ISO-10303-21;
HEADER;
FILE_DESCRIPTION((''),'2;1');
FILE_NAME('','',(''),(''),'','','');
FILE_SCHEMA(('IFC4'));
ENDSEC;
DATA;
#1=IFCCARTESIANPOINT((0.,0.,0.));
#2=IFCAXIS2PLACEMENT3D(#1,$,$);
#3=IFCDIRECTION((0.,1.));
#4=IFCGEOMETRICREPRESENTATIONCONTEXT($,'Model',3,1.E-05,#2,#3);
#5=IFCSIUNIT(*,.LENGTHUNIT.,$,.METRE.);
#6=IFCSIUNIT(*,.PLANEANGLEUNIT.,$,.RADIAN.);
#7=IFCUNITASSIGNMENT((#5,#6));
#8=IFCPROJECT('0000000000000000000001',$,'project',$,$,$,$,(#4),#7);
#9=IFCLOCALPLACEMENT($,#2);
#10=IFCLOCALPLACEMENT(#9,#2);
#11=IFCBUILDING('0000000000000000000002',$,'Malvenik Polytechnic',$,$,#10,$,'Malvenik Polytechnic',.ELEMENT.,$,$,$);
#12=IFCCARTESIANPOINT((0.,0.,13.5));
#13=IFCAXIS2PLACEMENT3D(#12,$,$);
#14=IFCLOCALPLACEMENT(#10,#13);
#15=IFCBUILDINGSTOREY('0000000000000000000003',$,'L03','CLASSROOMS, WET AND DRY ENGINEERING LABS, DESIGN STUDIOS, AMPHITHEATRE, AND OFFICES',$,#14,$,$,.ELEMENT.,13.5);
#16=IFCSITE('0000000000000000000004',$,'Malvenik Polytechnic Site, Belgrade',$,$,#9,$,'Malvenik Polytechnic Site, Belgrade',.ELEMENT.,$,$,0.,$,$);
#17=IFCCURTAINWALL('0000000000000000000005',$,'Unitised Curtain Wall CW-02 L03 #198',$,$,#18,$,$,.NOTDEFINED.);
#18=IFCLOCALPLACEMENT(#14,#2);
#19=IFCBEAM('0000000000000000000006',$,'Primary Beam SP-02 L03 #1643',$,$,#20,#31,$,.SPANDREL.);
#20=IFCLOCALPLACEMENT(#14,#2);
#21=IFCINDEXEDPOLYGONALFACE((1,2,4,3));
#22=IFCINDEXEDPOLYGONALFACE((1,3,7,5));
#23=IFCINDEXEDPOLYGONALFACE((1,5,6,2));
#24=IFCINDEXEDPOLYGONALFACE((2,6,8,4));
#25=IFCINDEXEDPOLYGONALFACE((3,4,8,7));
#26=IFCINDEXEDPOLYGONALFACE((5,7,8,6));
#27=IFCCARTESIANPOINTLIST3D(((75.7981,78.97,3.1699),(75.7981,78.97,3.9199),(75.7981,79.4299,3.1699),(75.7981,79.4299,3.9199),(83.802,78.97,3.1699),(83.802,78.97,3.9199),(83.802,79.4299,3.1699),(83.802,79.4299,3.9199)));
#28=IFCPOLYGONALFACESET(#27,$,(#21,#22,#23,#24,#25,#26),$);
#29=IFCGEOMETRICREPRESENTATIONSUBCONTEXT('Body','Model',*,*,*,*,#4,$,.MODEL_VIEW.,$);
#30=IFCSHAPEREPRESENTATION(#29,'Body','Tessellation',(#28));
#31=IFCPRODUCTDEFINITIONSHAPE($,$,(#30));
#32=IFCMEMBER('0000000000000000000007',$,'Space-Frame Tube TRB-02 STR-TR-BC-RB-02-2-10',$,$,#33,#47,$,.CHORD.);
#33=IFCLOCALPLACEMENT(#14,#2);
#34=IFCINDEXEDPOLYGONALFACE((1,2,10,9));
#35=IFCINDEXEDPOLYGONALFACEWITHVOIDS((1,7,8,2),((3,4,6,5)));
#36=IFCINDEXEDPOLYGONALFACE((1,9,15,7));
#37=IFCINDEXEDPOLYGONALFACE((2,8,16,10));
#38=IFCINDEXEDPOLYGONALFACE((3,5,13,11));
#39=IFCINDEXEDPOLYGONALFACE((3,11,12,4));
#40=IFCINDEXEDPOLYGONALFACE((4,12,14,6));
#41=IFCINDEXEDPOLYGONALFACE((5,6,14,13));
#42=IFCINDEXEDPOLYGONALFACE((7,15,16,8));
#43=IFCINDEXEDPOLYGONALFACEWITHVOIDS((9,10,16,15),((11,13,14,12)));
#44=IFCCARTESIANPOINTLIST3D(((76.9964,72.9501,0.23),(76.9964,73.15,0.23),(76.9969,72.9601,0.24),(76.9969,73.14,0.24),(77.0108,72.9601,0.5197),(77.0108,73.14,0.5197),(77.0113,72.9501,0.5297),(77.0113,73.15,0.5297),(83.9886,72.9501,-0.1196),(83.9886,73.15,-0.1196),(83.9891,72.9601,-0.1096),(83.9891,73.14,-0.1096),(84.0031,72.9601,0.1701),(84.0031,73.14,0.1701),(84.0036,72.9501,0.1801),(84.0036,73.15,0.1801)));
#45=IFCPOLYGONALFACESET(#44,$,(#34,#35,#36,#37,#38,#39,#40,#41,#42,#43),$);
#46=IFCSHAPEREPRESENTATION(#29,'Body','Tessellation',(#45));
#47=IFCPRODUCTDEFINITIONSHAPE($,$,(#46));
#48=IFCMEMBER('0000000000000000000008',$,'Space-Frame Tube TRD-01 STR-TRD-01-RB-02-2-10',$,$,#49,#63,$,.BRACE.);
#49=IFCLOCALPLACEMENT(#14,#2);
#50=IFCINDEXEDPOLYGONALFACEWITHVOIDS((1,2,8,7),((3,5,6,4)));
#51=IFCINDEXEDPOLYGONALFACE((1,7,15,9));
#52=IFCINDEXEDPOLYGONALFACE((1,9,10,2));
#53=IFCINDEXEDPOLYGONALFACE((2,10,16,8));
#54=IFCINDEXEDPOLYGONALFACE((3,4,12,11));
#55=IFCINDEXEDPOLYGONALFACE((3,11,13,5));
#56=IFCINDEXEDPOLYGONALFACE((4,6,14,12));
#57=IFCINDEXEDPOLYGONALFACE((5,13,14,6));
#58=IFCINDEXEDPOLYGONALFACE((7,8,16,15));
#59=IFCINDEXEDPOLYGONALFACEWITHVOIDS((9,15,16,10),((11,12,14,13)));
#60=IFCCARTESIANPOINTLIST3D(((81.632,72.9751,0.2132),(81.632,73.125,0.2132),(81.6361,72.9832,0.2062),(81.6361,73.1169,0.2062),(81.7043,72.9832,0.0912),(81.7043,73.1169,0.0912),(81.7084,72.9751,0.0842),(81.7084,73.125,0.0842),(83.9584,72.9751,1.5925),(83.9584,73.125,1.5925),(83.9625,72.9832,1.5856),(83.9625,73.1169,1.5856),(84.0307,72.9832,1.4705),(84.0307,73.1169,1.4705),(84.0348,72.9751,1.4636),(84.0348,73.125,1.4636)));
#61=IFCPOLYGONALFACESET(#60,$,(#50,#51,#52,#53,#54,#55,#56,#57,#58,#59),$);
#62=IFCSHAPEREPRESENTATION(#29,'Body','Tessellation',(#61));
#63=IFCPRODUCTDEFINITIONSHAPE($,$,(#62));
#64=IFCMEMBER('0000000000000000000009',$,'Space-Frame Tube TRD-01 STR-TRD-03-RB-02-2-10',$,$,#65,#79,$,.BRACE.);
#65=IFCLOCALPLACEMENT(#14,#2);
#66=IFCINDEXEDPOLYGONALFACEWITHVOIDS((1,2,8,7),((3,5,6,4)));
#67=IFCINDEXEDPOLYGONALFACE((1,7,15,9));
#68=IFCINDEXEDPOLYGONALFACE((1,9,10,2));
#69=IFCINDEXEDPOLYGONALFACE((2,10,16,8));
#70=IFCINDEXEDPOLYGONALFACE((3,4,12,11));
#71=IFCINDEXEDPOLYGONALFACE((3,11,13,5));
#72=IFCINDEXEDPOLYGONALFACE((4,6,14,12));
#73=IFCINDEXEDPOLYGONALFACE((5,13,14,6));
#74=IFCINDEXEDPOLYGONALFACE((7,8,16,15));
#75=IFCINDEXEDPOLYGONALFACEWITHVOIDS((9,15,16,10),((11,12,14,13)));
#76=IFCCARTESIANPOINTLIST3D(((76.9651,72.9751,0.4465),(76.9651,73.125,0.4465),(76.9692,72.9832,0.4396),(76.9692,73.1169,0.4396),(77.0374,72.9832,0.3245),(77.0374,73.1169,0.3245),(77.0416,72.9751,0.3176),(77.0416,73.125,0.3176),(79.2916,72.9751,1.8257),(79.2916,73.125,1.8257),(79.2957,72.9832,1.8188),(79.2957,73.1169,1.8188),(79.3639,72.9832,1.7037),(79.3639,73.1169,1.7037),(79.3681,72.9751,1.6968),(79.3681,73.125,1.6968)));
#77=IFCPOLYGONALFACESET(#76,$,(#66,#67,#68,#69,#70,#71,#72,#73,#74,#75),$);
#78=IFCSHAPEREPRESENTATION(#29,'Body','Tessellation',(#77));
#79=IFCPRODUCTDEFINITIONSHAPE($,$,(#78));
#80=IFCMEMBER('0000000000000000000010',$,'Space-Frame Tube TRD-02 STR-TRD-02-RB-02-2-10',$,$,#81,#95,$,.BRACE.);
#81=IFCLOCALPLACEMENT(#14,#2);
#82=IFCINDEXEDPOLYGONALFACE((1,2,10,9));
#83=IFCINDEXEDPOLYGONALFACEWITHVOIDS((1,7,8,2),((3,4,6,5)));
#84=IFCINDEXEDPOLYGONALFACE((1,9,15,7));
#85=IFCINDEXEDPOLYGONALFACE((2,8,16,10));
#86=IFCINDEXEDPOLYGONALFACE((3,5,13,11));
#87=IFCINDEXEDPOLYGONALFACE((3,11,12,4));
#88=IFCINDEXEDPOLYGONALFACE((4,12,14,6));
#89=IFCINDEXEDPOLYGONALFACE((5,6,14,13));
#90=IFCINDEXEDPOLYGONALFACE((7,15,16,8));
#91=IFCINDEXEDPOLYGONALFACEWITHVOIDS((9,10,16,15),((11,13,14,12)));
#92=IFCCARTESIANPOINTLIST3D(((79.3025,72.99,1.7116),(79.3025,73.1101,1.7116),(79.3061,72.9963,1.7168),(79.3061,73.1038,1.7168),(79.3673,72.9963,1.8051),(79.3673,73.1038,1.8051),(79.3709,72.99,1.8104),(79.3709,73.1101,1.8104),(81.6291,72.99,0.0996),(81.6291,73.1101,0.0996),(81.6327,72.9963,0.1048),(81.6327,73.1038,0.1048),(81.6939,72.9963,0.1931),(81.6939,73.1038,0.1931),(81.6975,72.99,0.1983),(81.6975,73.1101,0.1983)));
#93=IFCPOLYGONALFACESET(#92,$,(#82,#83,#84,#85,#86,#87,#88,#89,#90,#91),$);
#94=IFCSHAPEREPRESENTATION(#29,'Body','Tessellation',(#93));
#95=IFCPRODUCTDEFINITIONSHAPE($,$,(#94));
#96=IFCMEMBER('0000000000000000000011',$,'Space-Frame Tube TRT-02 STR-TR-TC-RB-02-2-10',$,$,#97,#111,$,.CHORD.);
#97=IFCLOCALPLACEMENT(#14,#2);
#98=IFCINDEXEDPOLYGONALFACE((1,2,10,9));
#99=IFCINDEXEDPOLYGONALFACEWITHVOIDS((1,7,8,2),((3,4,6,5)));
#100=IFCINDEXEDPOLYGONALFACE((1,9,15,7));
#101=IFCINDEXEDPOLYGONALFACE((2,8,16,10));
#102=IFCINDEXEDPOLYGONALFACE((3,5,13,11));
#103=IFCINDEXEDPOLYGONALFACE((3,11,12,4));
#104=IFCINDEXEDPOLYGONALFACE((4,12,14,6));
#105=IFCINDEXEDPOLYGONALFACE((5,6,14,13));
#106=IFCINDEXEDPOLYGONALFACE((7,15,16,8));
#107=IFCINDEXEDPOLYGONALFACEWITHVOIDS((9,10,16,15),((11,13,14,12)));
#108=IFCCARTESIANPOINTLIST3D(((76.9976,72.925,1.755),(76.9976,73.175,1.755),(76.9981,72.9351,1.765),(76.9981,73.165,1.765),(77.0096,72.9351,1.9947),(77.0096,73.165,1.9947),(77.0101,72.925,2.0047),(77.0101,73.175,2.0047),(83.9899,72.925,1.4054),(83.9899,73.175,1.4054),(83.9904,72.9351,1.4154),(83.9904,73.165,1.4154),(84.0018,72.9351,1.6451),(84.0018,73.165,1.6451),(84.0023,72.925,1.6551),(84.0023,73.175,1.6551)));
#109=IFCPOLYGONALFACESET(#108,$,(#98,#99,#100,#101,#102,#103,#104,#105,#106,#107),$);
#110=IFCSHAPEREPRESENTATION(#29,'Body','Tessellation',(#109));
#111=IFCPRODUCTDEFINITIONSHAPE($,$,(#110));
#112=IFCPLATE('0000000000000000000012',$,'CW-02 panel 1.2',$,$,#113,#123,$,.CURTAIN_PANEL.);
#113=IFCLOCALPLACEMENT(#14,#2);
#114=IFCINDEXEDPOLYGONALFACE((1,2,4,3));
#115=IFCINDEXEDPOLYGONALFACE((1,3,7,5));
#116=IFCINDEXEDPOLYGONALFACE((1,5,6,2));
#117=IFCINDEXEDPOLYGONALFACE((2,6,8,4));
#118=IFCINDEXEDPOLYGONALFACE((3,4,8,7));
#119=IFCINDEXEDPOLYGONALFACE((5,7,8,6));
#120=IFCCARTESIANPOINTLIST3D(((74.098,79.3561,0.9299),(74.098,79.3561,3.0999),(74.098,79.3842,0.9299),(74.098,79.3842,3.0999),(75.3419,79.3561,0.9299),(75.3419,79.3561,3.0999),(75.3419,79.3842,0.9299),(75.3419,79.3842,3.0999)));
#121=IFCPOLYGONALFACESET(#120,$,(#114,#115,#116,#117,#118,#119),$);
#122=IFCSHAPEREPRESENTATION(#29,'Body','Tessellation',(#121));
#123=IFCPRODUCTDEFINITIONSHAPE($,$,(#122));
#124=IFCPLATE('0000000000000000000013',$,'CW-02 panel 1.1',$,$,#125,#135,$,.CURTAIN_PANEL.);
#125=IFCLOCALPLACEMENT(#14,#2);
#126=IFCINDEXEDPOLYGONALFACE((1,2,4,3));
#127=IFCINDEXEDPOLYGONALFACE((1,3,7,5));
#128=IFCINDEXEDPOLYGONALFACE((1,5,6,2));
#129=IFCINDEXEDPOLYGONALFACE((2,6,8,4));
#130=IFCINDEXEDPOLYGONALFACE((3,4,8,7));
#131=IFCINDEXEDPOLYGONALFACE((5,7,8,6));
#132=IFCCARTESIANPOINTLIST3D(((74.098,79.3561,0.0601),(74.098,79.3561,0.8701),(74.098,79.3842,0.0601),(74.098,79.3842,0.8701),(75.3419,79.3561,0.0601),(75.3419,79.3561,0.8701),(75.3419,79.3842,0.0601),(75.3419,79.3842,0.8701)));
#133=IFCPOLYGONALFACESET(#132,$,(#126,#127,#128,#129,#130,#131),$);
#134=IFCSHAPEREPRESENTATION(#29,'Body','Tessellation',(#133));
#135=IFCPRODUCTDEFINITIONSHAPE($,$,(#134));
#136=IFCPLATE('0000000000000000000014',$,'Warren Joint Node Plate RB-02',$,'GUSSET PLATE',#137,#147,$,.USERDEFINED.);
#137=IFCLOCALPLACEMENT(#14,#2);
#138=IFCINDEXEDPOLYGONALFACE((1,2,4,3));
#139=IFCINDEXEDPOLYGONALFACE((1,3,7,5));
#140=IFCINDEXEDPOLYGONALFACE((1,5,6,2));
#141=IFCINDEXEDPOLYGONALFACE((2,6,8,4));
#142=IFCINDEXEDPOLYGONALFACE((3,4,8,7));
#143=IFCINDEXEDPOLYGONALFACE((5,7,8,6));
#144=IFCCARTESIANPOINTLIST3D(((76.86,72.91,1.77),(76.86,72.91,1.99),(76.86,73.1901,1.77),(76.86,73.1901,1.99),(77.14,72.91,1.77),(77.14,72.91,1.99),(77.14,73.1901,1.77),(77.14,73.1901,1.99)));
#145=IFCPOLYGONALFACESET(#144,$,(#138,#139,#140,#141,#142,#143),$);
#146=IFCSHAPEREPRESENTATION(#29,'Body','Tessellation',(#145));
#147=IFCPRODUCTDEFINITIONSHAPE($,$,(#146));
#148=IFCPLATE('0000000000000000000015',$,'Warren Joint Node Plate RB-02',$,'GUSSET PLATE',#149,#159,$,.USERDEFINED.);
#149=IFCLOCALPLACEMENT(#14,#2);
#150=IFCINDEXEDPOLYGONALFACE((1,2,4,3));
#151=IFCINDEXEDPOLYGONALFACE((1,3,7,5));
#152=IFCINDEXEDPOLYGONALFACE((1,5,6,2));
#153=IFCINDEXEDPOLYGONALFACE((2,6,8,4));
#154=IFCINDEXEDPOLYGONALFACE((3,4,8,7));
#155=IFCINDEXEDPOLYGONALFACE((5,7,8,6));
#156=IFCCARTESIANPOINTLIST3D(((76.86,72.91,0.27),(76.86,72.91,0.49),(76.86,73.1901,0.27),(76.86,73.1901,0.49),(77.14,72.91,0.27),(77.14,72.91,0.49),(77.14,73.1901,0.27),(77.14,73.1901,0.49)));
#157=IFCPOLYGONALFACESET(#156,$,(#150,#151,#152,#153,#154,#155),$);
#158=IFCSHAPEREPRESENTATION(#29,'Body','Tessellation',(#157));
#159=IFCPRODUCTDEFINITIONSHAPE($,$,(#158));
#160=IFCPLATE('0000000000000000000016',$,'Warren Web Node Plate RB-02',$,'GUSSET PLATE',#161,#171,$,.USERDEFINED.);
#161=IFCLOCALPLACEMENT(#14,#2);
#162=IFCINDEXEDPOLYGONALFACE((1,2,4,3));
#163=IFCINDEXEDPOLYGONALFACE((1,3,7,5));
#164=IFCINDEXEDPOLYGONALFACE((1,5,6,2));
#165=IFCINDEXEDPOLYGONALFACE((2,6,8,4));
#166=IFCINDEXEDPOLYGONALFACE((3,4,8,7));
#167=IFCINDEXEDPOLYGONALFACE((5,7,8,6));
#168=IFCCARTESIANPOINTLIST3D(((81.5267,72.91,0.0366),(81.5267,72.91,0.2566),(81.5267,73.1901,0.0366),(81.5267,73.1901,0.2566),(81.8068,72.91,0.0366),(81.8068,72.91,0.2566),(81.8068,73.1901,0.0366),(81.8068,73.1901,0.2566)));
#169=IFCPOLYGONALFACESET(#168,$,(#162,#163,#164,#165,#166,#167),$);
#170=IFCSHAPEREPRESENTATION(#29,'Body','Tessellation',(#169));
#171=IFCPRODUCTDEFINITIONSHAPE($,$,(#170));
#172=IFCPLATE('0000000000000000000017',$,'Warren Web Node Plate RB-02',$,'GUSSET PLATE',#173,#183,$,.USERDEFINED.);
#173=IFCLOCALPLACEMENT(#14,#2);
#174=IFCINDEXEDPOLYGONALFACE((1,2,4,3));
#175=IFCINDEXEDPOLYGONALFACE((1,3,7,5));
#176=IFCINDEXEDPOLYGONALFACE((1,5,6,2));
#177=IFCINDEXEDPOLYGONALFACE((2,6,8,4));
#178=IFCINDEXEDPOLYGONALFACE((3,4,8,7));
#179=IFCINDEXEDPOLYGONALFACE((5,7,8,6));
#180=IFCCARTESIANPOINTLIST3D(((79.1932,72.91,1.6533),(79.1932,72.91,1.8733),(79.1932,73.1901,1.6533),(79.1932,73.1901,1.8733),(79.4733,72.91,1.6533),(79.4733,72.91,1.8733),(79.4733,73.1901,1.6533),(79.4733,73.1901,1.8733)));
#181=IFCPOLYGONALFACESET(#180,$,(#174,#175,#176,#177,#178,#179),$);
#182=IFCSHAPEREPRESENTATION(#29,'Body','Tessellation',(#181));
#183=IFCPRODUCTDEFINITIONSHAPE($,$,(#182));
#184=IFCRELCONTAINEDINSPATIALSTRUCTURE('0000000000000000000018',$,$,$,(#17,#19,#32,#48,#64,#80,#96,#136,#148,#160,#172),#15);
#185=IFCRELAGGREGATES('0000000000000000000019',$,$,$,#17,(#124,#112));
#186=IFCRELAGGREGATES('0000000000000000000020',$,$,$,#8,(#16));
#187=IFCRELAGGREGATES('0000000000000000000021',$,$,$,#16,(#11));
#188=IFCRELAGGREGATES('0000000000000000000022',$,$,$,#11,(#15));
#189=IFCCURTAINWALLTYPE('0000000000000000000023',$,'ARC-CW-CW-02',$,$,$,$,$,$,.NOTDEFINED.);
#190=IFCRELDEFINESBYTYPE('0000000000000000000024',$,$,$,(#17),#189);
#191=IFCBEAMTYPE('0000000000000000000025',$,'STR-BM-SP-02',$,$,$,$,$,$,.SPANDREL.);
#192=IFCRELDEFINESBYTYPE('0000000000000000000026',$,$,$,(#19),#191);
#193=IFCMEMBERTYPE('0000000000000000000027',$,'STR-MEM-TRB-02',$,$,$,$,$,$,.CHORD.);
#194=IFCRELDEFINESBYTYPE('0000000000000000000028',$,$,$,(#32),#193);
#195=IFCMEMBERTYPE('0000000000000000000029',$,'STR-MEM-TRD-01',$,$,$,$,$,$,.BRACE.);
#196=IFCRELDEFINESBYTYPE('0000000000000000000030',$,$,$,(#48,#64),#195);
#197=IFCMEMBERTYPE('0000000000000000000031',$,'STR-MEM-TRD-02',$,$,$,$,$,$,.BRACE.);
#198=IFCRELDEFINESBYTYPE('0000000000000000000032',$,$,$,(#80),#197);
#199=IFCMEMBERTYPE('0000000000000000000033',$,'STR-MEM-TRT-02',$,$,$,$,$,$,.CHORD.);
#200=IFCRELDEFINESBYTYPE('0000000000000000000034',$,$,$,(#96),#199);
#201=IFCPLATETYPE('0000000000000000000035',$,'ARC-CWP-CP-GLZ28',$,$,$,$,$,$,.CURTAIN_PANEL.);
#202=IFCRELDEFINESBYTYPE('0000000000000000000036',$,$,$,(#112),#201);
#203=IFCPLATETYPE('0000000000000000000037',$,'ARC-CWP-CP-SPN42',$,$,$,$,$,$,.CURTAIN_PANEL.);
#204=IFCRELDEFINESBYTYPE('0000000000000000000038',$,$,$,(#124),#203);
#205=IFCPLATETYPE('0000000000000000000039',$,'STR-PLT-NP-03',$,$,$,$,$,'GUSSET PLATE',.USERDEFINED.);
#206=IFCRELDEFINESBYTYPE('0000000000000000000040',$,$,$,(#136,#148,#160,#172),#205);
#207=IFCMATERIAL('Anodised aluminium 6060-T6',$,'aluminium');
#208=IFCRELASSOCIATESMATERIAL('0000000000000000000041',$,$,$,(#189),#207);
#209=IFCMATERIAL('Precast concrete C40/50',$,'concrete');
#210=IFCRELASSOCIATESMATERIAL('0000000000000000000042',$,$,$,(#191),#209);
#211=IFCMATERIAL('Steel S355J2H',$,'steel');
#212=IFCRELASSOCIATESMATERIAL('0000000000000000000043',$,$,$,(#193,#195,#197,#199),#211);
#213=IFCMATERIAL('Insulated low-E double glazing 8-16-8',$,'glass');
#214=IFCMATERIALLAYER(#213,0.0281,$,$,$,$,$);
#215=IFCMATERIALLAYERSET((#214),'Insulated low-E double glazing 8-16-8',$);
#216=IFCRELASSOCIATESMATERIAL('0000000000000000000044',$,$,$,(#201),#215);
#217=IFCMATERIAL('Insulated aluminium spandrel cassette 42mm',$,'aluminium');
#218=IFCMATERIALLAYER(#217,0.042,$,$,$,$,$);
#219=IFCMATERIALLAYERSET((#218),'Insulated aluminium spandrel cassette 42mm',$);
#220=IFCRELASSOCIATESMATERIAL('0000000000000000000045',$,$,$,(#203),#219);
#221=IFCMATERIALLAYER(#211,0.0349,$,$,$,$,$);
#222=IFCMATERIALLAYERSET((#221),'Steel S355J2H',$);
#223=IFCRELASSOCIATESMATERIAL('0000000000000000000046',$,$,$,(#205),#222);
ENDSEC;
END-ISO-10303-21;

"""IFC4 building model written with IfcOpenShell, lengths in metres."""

from ifc_helpers import new_model, si_unit, direction, frame, origin, origin_2d, place, context, subcontext, project, spatial, rectangle, hollow_rectangle, extrude, material, layer, layer_set, material_profile, profile_set, type_object, element, aggregate, save


model = new_model("IFC4")

# Units and contexts
model_context = context("Model", 3, precision=1e-05, world=origin(), true_north=direction((0.0, 1.0)))
body_context = subcontext(model_context, "Body", "Model", "MODEL_VIEW")
ifc_project = project(units=[si_unit("LENGTHUNIT", "METRE"), si_unit("PLANEANGLEUNIT", "RADIAN")], contexts=[model_context])

# Site, building, storey
site_placement = place(None, origin())
site = spatial("IfcSite", under=ifc_project, at=site_placement, Name="Malvenik Polytechnic Site, Belgrade", LongName="Malvenik Polytechnic Site, Belgrade", CompositionType="ELEMENT", RefElevation=0.0)
building_placement = place(site_placement, origin())
building = spatial("IfcBuilding", under=site, at=building_placement, Name="Malvenik Polytechnic", LongName="Malvenik Polytechnic", CompositionType="ELEMENT")
storey_placement = place(building_placement, frame((0.0, 0.0, 13.5)))
storey = spatial("IfcBuildingStorey", under=building, at=storey_placement, Name="L03", Description="CLASSROOMS, WET AND DRY ENGINEERING LABS, DESIGN STUDIOS, AMPHITHEATRE, AND OFFICES", CompositionType="ELEMENT", Elevation=13.5)

# Shared definitions
ifc_material_1 = material(Name="Steel S355J2H", Category="steel")

# Curtain wall
ifc_material_2 = material(Name="Anodised aluminium 6060-T6", Category="aluminium")
curtain_wall_type = type_object("IfcCurtainWallType", Name="ARC-CW-CW-02", PredefinedType="NOTDEFINED", material=ifc_material_2)
curtain_wall_placement = place(storey_placement, origin())
curtain_wall = element("IfcCurtainWall", 1, at=curtain_wall_placement, inside=storey, type_object=curtain_wall_type, Name="Unitised Curtain Wall CW-02 L03 #198", PredefinedType="NOTDEFINED")

# Beam
ifc_material_3 = material(Name="Precast concrete C40/50", Category="concrete")
ifc_material_profile_1 = material_profile(ifc_material_3, rectangle(XDim=0.46, YDim=0.75, at=origin_2d()), Name="PC SPN 460x750")
ifc_profile_set_1 = profile_set([ifc_material_profile_1], Name="Precast concrete C40/50")
beam_type = type_object("IfcBeamType", Name="STR-BM-SP-02", PredefinedType="SPANDREL", material=ifc_profile_set_1)
beam_placement = place(storey_placement, frame((75.7981, 79.2, 3.5449), z_axis=(1.0, 0.0, 0.0), x_axis=(0.0, 1.0, 0.0)))
element("IfcBeam", 2, at=beam_placement, inside=storey, type_object=beam_type, Name="Primary Beam SP-02 L03 #1643", PredefinedType="SPANDREL", context=body_context, shape_type="SweptSolid", body=[
    extrude(rectangle(XDim=0.46, YDim=0.75, at=origin_2d()), origin(), (0.0, 0.0, 1.0), 8.0039),
])

# Members
ifc_material_profile_2 = material_profile(ifc_material_1, hollow_rectangle(XDim=0.2, YDim=0.3, WallThickness=0.01, at=origin_2d()), Name="RHS 300x200x10.0")
ifc_profile_set_2 = profile_set([ifc_material_profile_2], Name="Steel S355J2H")
member_type_1 = type_object("IfcMemberType", Name="STR-MEM-TRB-02", PredefinedType="CHORD", material=ifc_profile_set_2)
member_1_placement = place(storey_placement, frame((83.9961, 73.05, 0.0303), z_axis=(-0.998752, 0.0, 0.049938), x_axis=(0.0, -1.0, 0.0)))
element("IfcMember", 3, at=member_1_placement, inside=storey, type_object=member_type_1, Name="Space-Frame Tube TRB-02 STR-TR-BC-RB-02-2-10", PredefinedType="CHORD", context=body_context, shape_type="SweptSolid", body=[
    extrude(hollow_rectangle(XDim=0.2, YDim=0.3, WallThickness=0.01, at=origin_2d()), origin(), (0.0, 0.0, 1.0), 7.001),
])
ifc_material_profile_3 = material_profile(ifc_material_1, hollow_rectangle(XDim=0.1499, YDim=0.1499, WallThickness=0.0081, at=origin_2d()), Name="SHS 150x150x8.0")
ifc_profile_set_3 = profile_set([ifc_material_profile_3], Name="Steel S355J2H")
member_type_2 = type_object("IfcMemberType", Name="STR-MEM-TRD-01", PredefinedType="BRACE", material=ifc_profile_set_3)
for number, where, z_axis, x_axis, name in (
    (4, (83.9966, 73.05, 1.5281), (-0.860165, 0.0, -0.510015), (0.0, -1.0, 0.0), "Space-Frame Tube TRD-01 STR-TRD-01-RB-02-2-10"),
    (5, (79.3298, 73.05, 1.7612), (-0.860205, 0.0, -0.509948), (0.0, -1.0, 0.0), "Space-Frame Tube TRD-01 STR-TRD-03-RB-02-2-10"),
):
    element("IfcMember", number, at=place(storey_placement, frame(where, z_axis=z_axis, x_axis=x_axis)), inside=storey, type_object=member_type_2, Name=name, PredefinedType="BRACE", context=body_context, shape_type="SweptSolid", body=[
        extrude(hollow_rectangle(XDim=0.1499, YDim=0.1499, WallThickness=0.0081, at=origin_2d()), origin(), (0.0, 0.0, 1.0), 2.7046),
    ])
ifc_material_profile_4 = material_profile(ifc_material_1, hollow_rectangle(XDim=0.1201, YDim=0.1201, WallThickness=0.0063, at=origin_2d()), Name="SHS 120x120x6.3")
ifc_profile_set_4 = profile_set([ifc_material_profile_4], Name="Steel S355J2H")
member_type_3 = type_object("IfcMemberType", Name="STR-MEM-TRD-02", PredefinedType="BRACE", material=ifc_profile_set_4)
member_2_placement = place(storey_placement, frame((81.6633, 73.05, 0.1489), z_axis=(-0.821978, 0.0, 0.569519), x_axis=(0.0, -1.0, 0.0)))
element("IfcMember", 6, at=member_2_placement, inside=storey, type_object=member_type_3, Name="Space-Frame Tube TRD-02 STR-TRD-02-RB-02-2-10", PredefinedType="BRACE", context=body_context, shape_type="SweptSolid", body=[
    extrude(hollow_rectangle(XDim=0.1201, YDim=0.1201, WallThickness=0.0063, at=origin_2d()), origin(), (0.0, 0.0, 1.0), 2.8306),
])
ifc_material_profile_5 = material_profile(ifc_material_1, hollow_rectangle(XDim=0.25, YDim=0.25, WallThickness=0.01, at=origin_2d()), Name="SHS 250x250x10.0")
ifc_profile_set_5 = profile_set([ifc_material_profile_5], Name="Steel S355J2H")
member_type_4 = type_object("IfcMemberType", Name="STR-MEM-TRT-02", PredefinedType="CHORD", material=ifc_profile_set_5)
member_3_placement = place(storey_placement, frame((83.9961, 73.05, 1.5303), z_axis=(-0.998752, 0.0, 0.049938), x_axis=(0.0, -1.0, 0.0)))
element("IfcMember", 7, at=member_3_placement, inside=storey, type_object=member_type_4, Name="Space-Frame Tube TRT-02 STR-TR-TC-RB-02-2-10", PredefinedType="CHORD", context=body_context, shape_type="SweptSolid", body=[
    extrude(hollow_rectangle(XDim=0.25, YDim=0.25, WallThickness=0.01, at=origin_2d()), origin(), (0.0, 0.0, 1.0), 7.001),
])

# Plates
ifc_material_4 = material(Name="Insulated low-E double glazing 8-16-8", Category="glass")
ifc_layer_1 = layer(ifc_material_4, 0.0281)
ifc_layer_set_1 = layer_set([ifc_layer_1], Name="Insulated low-E double glazing 8-16-8")
plate_type_1 = type_object("IfcPlateType", Name="ARC-CWP-CP-GLZ28", PredefinedType="CURTAIN_PANEL", material=ifc_layer_set_1)
plate_1_placement = place(storey_placement, frame((74.72, 79.3701, 0.9299), z_axis=(0.0, 0.0, 1.0), x_axis=(-1.0, 0.0, 0.0)))
plate_1 = element("IfcPlate", 8, at=plate_1_placement, type_object=plate_type_1, Name="CW-02 panel 1.2", PredefinedType="CURTAIN_PANEL", context=body_context, shape_type="SweptSolid", body=[
    extrude(rectangle(XDim=1.2439, YDim=0.0281, at=origin_2d()), origin(), (0.0, 0.0, 1.0), 2.1699),
])
ifc_material_5 = material(Name="Insulated aluminium spandrel cassette 42mm", Category="aluminium")
ifc_layer_2 = layer(ifc_material_5, 0.042)
ifc_layer_set_2 = layer_set([ifc_layer_2], Name="Insulated aluminium spandrel cassette 42mm")
plate_type_2 = type_object("IfcPlateType", Name="ARC-CWP-CP-SPN42", PredefinedType="CURTAIN_PANEL", material=ifc_layer_set_2)
plate_2_placement = place(storey_placement, frame((74.72, 79.3701, 0.0601), z_axis=(0.0, 0.0, 1.0), x_axis=(-1.0, 0.0, 0.0)))
plate_2 = element("IfcPlate", 9, at=plate_2_placement, type_object=plate_type_2, Name="CW-02 panel 1.1", PredefinedType="CURTAIN_PANEL", context=body_context, shape_type="SweptSolid", body=[
    extrude(rectangle(XDim=1.2439, YDim=0.0281, at=origin_2d()), origin(), (0.0, 0.0, 1.0), 0.8101),
])
aggregate(curtain_wall, [plate_2, plate_1])

# Plates
ifc_layer_3 = layer(ifc_material_1, 0.0349)
ifc_layer_set_3 = layer_set([ifc_layer_3], Name="Steel S355J2H")
plate_type_3 = type_object("IfcPlateType", Name="STR-PLT-NP-03", ElementType="GUSSET PLATE", PredefinedType="USERDEFINED", material=ifc_layer_set_3)
for number, where, z_axis, x_axis, name in (
    (10, (77.0, 73.05, 1.77), (0.0, 0.0, 1.0), (1.0, 0.0, 0.0), "Warren Joint Node Plate RB-02"),
    (11, (77.0, 73.05, 0.27), (0.0, 0.0, 1.0), (1.0, 0.0, 0.0), "Warren Joint Node Plate RB-02"),
    (12, (81.6667, 73.05, 0.0366), (0.0, 0.0, 1.0), (1.0, 0.0, 0.0), "Warren Web Node Plate RB-02"),
    (13, (79.3333, 73.05, 1.6533), (0.0, 0.0, 1.0), (1.0, 0.0, 0.0), "Warren Web Node Plate RB-02"),
):
    element("IfcPlate", number, at=place(storey_placement, frame(where, z_axis=z_axis, x_axis=x_axis)), inside=storey, type_object=plate_type_3, Name=name, ObjectType="GUSSET PLATE", PredefinedType="USERDEFINED", context=body_context, shape_type="SweptSolid", body=[
        extrude(rectangle(XDim=0.28, YDim=0.28, at=origin_2d()), origin(), (0.0, 0.0, 1.0), 0.22),
    ])

save(model, "model.ifc")
